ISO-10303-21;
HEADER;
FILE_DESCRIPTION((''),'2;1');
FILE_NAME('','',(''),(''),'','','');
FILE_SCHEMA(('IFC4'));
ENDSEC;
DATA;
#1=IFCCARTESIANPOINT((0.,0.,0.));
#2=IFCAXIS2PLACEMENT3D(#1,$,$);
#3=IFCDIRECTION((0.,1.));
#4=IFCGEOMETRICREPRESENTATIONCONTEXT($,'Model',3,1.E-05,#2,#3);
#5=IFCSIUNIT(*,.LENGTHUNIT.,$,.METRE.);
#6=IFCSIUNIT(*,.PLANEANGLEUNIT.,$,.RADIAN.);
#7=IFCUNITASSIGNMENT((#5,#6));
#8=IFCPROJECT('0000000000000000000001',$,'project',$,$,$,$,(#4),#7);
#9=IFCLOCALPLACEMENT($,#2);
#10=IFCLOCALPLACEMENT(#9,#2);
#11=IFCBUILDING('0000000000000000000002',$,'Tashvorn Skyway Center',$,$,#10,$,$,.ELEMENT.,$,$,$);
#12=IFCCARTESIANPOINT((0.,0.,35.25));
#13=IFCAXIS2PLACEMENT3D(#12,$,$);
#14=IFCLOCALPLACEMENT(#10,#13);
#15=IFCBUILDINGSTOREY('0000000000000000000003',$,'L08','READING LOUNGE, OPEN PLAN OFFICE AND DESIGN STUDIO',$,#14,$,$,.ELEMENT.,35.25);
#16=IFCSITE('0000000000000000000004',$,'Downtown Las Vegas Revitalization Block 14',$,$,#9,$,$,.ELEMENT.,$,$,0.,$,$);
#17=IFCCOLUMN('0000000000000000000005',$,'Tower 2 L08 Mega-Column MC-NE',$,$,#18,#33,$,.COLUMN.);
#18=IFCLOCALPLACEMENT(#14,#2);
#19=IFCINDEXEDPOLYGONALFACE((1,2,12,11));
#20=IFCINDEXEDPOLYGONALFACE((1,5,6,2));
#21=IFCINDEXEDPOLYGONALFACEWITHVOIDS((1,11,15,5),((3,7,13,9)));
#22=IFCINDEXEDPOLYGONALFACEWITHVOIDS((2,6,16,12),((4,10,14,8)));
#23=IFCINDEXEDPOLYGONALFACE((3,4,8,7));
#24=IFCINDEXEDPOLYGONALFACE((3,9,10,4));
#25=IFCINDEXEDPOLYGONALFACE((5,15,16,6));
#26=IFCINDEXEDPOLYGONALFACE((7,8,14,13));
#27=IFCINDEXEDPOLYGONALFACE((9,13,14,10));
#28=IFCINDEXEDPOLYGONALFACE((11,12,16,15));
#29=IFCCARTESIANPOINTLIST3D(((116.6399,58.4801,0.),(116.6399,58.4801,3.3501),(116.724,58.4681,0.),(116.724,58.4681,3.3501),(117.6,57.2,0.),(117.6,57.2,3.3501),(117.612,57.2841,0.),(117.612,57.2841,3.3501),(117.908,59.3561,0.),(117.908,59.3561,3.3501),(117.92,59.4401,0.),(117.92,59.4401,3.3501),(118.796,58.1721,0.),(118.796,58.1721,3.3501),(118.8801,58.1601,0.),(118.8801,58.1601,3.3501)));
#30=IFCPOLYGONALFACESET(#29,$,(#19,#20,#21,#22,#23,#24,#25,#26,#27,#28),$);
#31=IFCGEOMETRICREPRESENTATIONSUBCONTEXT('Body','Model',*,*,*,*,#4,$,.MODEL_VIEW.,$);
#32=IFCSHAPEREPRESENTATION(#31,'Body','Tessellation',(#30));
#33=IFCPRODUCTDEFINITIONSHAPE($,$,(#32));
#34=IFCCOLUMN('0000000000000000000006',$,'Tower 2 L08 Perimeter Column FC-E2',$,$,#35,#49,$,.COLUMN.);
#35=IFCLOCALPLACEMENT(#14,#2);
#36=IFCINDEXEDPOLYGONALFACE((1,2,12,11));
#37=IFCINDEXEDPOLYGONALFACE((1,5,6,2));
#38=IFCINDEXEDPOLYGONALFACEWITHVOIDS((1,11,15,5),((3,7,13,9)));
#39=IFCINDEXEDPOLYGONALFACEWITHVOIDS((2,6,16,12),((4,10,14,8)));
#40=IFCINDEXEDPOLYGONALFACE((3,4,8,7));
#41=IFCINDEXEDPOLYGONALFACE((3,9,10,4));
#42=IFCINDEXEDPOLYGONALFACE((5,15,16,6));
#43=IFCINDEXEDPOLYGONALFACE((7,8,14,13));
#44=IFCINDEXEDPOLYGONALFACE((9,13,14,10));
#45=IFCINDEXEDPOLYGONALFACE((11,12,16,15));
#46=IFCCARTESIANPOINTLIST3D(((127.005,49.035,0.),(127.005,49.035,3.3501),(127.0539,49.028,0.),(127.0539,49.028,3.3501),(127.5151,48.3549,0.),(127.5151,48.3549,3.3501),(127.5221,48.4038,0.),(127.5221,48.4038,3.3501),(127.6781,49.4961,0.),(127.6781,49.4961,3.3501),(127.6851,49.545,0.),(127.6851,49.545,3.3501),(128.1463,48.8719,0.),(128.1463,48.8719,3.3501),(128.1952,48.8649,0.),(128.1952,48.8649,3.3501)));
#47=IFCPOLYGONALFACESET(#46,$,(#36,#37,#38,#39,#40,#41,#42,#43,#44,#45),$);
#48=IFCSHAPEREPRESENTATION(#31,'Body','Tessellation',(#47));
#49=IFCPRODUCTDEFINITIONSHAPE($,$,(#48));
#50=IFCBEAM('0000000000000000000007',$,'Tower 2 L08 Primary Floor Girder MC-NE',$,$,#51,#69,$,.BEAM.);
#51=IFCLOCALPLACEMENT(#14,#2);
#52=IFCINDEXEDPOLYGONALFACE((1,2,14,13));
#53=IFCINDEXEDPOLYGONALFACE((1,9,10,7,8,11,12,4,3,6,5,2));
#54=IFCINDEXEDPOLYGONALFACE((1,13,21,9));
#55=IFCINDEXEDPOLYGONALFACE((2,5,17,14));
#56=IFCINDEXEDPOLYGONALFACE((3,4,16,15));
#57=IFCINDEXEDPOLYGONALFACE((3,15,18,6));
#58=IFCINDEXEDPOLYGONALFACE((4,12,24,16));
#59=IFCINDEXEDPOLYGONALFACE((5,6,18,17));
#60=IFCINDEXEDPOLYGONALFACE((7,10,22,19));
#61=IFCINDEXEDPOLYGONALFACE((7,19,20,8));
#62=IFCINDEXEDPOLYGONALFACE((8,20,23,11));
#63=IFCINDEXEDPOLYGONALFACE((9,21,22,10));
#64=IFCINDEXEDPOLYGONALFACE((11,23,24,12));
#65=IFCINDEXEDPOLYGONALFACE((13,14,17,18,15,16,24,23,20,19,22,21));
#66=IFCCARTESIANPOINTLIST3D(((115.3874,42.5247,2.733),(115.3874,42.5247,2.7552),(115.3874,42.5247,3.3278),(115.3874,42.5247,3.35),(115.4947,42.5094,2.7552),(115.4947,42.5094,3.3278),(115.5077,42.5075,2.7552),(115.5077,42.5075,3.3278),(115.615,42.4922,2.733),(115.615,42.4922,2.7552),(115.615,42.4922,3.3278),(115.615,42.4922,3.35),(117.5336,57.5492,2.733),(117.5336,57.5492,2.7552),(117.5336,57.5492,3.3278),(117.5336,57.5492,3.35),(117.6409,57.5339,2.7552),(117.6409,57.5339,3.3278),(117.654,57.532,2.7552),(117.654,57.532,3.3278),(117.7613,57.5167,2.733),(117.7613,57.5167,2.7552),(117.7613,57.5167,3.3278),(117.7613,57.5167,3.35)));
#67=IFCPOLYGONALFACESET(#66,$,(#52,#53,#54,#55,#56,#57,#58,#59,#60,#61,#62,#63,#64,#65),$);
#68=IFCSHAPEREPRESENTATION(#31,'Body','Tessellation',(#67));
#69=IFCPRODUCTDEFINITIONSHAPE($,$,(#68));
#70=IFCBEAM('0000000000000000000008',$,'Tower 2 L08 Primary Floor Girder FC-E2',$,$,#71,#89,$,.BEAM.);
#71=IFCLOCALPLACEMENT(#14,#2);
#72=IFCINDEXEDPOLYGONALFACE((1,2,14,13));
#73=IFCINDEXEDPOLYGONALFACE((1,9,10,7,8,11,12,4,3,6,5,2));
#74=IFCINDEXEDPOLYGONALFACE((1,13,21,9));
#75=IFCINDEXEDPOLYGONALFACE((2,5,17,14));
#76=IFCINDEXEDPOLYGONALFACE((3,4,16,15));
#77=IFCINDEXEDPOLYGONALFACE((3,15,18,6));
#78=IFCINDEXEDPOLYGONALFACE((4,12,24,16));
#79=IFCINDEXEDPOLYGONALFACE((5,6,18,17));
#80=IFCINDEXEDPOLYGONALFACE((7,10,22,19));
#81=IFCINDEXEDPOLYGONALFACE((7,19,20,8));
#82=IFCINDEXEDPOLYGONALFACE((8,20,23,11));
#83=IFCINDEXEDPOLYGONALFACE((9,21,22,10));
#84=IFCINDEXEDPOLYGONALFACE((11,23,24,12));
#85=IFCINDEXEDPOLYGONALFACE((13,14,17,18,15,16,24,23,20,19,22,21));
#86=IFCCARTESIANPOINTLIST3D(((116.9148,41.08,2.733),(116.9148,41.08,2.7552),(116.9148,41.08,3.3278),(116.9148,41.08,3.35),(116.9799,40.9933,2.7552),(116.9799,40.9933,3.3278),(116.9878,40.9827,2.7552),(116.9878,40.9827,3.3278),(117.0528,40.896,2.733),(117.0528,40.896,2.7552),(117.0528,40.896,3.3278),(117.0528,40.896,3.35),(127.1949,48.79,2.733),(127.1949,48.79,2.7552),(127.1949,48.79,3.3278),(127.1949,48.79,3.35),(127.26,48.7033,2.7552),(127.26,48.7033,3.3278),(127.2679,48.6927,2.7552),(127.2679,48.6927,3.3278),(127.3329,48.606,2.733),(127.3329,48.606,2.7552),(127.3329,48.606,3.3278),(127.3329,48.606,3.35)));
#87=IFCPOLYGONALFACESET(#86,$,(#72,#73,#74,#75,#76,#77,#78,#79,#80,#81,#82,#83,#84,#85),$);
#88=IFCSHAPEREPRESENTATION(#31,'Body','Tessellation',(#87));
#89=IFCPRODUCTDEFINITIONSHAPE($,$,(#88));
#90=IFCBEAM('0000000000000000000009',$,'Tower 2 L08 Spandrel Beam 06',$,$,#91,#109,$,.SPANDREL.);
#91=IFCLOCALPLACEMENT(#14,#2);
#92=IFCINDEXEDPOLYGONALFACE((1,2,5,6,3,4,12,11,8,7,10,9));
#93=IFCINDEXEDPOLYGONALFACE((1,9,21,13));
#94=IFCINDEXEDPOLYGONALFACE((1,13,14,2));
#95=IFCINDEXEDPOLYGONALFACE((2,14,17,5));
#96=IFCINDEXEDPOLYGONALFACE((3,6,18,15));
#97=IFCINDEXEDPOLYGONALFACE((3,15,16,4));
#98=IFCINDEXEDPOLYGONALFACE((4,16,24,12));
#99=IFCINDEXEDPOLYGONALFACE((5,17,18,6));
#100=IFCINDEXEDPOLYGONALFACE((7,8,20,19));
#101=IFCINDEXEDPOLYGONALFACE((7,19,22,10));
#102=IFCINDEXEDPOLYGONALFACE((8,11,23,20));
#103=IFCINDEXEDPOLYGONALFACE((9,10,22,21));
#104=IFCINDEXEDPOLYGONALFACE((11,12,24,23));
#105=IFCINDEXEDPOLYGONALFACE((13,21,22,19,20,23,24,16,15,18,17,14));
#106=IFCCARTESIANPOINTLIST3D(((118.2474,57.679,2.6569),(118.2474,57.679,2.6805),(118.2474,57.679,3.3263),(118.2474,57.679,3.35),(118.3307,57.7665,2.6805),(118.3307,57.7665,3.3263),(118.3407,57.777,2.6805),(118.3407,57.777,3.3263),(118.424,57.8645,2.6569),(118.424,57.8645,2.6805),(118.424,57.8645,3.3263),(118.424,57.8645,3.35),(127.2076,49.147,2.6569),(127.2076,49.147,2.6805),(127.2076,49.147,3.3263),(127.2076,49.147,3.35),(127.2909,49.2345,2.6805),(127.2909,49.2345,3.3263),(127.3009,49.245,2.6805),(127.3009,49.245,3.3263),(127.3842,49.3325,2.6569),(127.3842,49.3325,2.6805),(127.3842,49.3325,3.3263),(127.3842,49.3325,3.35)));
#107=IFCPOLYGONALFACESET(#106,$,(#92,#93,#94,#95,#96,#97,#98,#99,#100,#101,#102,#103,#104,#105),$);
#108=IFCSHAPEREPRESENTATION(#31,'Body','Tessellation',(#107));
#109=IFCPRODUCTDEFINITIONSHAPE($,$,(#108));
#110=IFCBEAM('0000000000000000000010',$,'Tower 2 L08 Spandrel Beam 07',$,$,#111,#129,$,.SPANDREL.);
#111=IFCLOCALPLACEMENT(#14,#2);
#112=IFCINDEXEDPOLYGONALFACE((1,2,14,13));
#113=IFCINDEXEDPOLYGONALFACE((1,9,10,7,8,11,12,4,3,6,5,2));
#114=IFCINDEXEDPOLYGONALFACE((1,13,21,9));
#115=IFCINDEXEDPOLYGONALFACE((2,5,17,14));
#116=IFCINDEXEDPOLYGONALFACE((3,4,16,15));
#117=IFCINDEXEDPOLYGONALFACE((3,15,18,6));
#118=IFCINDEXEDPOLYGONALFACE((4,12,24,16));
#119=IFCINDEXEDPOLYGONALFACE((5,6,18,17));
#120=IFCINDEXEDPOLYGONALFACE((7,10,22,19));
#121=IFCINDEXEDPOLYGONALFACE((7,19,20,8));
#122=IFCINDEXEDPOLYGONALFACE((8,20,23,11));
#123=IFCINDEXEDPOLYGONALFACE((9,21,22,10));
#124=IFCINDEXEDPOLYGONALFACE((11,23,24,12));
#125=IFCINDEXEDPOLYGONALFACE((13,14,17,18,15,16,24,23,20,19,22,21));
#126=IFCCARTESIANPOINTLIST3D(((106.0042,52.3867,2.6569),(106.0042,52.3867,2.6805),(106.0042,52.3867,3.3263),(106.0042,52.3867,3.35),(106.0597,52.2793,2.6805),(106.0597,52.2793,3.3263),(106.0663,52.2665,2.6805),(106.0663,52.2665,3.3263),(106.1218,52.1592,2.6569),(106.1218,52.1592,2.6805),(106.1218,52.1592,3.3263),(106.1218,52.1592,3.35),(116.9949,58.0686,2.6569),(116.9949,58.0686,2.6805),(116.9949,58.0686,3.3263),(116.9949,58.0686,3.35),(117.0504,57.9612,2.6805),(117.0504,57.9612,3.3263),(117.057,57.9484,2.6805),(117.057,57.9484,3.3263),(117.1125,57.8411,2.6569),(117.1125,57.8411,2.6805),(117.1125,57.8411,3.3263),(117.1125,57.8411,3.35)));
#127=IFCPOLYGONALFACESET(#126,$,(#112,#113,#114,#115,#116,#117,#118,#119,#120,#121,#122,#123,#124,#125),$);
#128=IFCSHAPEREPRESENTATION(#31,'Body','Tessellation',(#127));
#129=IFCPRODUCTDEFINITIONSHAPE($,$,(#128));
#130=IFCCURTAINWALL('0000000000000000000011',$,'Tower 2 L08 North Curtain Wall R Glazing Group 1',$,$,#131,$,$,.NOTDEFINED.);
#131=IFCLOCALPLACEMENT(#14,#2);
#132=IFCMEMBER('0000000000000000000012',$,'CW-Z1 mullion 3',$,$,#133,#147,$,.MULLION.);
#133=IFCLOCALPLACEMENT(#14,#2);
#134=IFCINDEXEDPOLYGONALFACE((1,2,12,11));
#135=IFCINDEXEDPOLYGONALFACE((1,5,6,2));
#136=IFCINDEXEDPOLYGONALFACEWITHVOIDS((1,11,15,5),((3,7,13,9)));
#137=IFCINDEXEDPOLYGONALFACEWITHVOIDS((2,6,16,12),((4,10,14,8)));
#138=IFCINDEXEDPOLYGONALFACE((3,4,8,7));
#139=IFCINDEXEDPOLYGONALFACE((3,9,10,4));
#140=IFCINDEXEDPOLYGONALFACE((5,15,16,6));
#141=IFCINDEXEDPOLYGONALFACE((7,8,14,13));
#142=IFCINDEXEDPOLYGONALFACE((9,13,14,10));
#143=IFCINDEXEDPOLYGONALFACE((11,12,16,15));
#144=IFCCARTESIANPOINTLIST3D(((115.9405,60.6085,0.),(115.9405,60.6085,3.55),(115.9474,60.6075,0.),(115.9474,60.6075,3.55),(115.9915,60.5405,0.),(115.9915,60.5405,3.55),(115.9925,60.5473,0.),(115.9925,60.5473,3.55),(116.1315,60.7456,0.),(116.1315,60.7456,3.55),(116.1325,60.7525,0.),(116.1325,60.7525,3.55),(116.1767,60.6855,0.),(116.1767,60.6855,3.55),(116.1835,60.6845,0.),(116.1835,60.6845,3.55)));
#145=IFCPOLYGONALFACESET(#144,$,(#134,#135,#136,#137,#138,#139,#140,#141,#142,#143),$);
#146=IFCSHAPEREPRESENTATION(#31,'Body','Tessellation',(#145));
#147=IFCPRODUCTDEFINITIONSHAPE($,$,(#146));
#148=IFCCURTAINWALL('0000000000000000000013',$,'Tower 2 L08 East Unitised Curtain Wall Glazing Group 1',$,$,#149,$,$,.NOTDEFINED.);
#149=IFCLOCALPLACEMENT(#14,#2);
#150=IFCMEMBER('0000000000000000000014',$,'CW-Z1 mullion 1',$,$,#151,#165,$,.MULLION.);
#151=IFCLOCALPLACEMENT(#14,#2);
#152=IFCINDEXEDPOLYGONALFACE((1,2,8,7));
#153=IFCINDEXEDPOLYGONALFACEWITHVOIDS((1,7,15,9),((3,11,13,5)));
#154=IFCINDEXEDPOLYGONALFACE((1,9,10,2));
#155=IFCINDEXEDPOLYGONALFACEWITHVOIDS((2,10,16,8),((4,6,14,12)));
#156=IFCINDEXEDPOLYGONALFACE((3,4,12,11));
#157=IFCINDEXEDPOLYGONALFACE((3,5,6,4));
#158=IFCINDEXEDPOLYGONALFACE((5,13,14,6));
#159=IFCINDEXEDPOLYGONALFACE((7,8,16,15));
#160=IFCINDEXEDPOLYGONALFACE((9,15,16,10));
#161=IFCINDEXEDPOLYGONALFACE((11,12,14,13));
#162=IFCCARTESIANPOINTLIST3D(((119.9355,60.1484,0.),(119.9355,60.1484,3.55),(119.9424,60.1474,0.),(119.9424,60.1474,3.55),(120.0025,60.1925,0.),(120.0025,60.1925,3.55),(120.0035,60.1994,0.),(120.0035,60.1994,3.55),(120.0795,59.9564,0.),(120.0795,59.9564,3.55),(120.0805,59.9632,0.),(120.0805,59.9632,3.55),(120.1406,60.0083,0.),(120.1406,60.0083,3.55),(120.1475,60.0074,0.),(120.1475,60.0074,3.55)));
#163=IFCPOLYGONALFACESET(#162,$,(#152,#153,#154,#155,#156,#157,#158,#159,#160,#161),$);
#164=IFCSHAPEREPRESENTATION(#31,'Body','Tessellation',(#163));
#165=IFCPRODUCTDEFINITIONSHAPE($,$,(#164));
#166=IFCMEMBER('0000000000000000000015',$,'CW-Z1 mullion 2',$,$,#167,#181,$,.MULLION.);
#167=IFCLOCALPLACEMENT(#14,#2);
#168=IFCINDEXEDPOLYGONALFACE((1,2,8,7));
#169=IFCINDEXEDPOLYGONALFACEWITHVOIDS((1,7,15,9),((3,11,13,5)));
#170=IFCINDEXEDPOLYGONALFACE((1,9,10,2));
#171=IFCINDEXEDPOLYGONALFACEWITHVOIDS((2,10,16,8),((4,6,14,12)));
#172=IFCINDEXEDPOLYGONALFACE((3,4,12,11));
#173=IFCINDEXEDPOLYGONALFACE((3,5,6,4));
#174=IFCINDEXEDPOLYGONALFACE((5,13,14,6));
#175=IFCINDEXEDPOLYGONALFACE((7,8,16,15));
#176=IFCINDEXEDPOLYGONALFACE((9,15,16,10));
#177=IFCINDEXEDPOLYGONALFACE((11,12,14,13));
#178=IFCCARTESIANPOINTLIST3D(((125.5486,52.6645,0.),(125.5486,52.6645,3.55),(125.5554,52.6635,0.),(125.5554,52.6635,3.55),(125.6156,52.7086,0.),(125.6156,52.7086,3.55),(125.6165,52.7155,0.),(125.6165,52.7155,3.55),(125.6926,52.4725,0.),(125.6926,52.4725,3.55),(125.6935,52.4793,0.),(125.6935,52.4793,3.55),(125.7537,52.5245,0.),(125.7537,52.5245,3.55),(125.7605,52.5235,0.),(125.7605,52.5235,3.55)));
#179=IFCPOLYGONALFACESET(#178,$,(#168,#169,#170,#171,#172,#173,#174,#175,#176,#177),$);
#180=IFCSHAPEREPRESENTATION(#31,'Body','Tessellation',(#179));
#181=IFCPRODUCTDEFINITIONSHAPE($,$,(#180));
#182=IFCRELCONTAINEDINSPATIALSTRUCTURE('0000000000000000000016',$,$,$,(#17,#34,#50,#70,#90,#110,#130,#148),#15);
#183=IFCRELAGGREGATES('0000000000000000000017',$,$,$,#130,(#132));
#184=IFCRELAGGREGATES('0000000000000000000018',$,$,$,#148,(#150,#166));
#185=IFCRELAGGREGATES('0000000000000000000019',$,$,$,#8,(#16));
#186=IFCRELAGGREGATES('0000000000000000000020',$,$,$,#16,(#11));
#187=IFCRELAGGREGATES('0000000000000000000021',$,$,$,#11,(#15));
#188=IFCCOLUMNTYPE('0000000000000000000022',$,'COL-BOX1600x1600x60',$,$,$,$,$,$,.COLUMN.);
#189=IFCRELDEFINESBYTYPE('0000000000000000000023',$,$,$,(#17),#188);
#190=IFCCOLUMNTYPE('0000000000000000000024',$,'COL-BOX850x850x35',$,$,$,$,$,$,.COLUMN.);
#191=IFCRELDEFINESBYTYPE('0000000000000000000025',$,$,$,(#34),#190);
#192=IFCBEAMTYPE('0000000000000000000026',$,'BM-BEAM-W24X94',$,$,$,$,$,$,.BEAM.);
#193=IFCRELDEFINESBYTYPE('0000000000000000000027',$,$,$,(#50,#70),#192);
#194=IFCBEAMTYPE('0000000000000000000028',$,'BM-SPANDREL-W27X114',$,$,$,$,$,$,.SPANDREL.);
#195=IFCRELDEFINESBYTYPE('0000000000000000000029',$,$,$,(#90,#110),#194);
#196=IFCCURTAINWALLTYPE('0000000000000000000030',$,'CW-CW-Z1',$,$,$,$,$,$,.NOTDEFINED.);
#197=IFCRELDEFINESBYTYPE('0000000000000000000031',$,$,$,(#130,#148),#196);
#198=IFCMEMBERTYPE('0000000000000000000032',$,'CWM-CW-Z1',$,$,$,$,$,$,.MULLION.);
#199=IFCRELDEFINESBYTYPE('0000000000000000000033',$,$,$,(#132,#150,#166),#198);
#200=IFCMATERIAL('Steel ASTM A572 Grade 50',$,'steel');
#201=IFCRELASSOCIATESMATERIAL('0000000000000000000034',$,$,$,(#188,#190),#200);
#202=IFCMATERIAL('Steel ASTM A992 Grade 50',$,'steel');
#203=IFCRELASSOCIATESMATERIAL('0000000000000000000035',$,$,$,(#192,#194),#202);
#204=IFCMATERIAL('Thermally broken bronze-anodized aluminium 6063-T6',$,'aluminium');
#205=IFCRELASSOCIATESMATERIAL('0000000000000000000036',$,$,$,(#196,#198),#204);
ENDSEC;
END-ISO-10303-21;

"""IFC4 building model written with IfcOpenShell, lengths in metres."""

from ifc_helpers import new_model, si_unit, direction, frame, origin, origin_2d, place, context, subcontext, project, spatial, hollow_rectangle, i_section, extrude, material, material_profile, profile_set, type_object, element, aggregate, save


model = new_model("IFC4")

# Units and contexts
model_context = context("Model", 3, precision=1e-05, world=origin(), true_north=direction((0.0, 1.0)))
body_context = subcontext(model_context, "Body", "Model", "MODEL_VIEW")
ifc_project = project(units=[si_unit("LENGTHUNIT", "METRE"), si_unit("PLANEANGLEUNIT", "RADIAN")], contexts=[model_context])

# Site, building, storey
site_placement = place(None, origin())
site = spatial("IfcSite", under=ifc_project, at=site_placement, Name="Downtown Las Vegas Revitalization Block 14", CompositionType="ELEMENT", RefElevation=0.0)
building_placement = place(site_placement, origin())
building = spatial("IfcBuilding", under=site, at=building_placement, Name="Tashvorn Skyway Center", CompositionType="ELEMENT")
storey_placement = place(building_placement, frame((0.0, 0.0, 35.25)))
storey = spatial("IfcBuildingStorey", under=building, at=storey_placement, Name="L08", Description="READING LOUNGE, OPEN PLAN OFFICE AND DESIGN STUDIO", CompositionType="ELEMENT", Elevation=35.25)

# Columns
ifc_material_1 = material(Name="Steel ASTM A572 Grade 50", Category="steel")
ifc_material_profile_1 = material_profile(ifc_material_1, hollow_rectangle(XDim=1.6001, YDim=1.6001, WallThickness=0.0601, at=origin_2d()), Name="BOX1600x1600x60")
ifc_profile_set_1 = profile_set([ifc_material_profile_1], Name="Steel ASTM A572 Grade 50")
column_type_1 = type_object("IfcColumnType", Name="COL-BOX1600x1600x60", PredefinedType="COLUMN", material=ifc_profile_set_1)
column_1_placement = place(storey_placement, frame((117.76, 58.3201, 0.0), z_axis=(0.0, 0.0, 1.0), x_axis=(0.8, 0.6, 0.0)))
element("IfcColumn", 1, at=column_1_placement, inside=storey, type_object=column_type_1, Name="Tower 2 L08 Mega-Column MC-NE", PredefinedType="COLUMN", context=body_context, shape_type="SweptSolid", body=[
    extrude(hollow_rectangle(XDim=1.6001, YDim=1.6001, WallThickness=0.0601, at=origin_2d()), origin(), (0.0, 0.0, 1.0), 3.3501),
])
ifc_material_profile_2 = material_profile(ifc_material_1, hollow_rectangle(XDim=0.8501, YDim=0.8501, WallThickness=0.0349, at=origin_2d()), Name="BOX850x850x35")
ifc_profile_set_2 = profile_set([ifc_material_profile_2], Name="Steel ASTM A572 Grade 50")
column_type_2 = type_object("IfcColumnType", Name="COL-BOX850x850x35", PredefinedType="COLUMN", material=ifc_profile_set_2)
column_2_placement = place(storey_placement, frame((127.6001, 48.95, 0.0), z_axis=(0.0, 0.0, 1.0), x_axis=(0.8, 0.6, 0.0)))
element("IfcColumn", 2, at=column_2_placement, inside=storey, type_object=column_type_2, Name="Tower 2 L08 Perimeter Column FC-E2", PredefinedType="COLUMN", context=body_context, shape_type="SweptSolid", body=[
    extrude(hollow_rectangle(XDim=0.8501, YDim=0.8501, WallThickness=0.0349, at=origin_2d()), origin(), (0.0, 0.0, 1.0), 3.3501),
])

# Beams
ifc_material_2 = material(Name="Steel ASTM A992 Grade 50", Category="steel")
ifc_material_profile_3 = material_profile(ifc_material_2, i_section(OverallWidth=0.23, OverallDepth=0.6169, WebThickness=0.0132, FlangeThickness=0.0222, at=origin_2d()), Name="W24X94")
ifc_profile_set_3 = profile_set([ifc_material_profile_3], Name="Steel ASTM A992 Grade 50")
beam_type_1 = type_object("IfcBeamType", Name="BM-BEAM-W24X94", PredefinedType="BEAM", material=ifc_profile_set_3)
beam_1_placement = place(storey_placement, frame((117.6475, 57.533, 3.0415), z_axis=(-0.141415, -0.98995, 0.0), x_axis=(0.98995, -0.141415, 0.0)))
element("IfcBeam", 3, at=beam_1_placement, inside=storey, type_object=beam_type_1, Name="Tower 2 L08 Primary Floor Girder MC-NE", PredefinedType="BEAM", context=body_context, shape_type="SweptSolid", body=[
    extrude(i_section(OverallWidth=0.23, OverallDepth=0.6169, WebThickness=0.0132, FlangeThickness=0.0222, at=origin_2d()), origin(), (0.0, 0.0, 1.0), 15.177),
])
beam_2_placement = place(storey_placement, frame((127.2639, 48.698, 3.0415), z_axis=(-0.800002, -0.599997, 0.0), x_axis=(0.599997, -0.800002, 0.0)))
element("IfcBeam", 4, at=beam_2_placement, inside=storey, type_object=beam_type_1, Name="Tower 2 L08 Primary Floor Girder FC-E2", PredefinedType="BEAM", context=body_context, shape_type="SweptSolid", body=[
    extrude(i_section(OverallWidth=0.23, OverallDepth=0.6169, WebThickness=0.0132, FlangeThickness=0.0222, at=origin_2d()), origin(), (0.0, 0.0, 1.0), 12.8501),
])
ifc_material_profile_4 = material_profile(ifc_material_2, i_section(OverallWidth=0.2561, OverallDepth=0.6931, WebThickness=0.0144, FlangeThickness=0.0237, at=origin_2d()), Name="W27X114")
ifc_profile_set_4 = profile_set([ifc_material_profile_4], Name="Steel ASTM A992 Grade 50")
beam_type_2 = type_object("IfcBeamType", Name="BM-SPANDREL-W27X114", PredefinedType="SPANDREL", material=ifc_profile_set_4)
for number, where, z_axis, x_axis, name in (
    (5, (127.2959, 49.2397, 3.0034), (-0.7242, 0.68959, 0.0), (-0.68959, -0.7242, 0.0), "Tower 2 L08 Spandrel Beam 06"),
    (6, (117.0537, 57.9548, 3.0034), (-0.888316, -0.459233, 0.0), (0.459233, -0.888316, 0.0), "Tower 2 L08 Spandrel Beam 07"),
):
    element("IfcBeam", number, at=place(storey_placement, frame(where, z_axis=z_axis, x_axis=x_axis)), inside=storey, type_object=beam_type_2, Name=name, PredefinedType="SPANDREL", context=body_context, shape_type="SweptSolid", body=[
        extrude(i_section(OverallWidth=0.2561, OverallDepth=0.6931, WebThickness=0.0144, FlangeThickness=0.0237, at=origin_2d()), origin(), (0.0, 0.0, 1.0), 12.3726),
    ])

# Curtain wall, member
ifc_material_3 = material(Name="Thermally broken bronze-anodized aluminium 6063-T6", Category="aluminium")
curtain_wall_type = type_object("IfcCurtainWallType", Name="CW-CW-Z1", PredefinedType="NOTDEFINED", material=ifc_material_3)
curtain_wall_1_placement = place(storey_placement, origin())
curtain_wall_1 = element("IfcCurtainWall", 7, at=curtain_wall_1_placement, inside=storey, type_object=curtain_wall_type, Name="Tower 2 L08 North Curtain Wall R Glazing Group 1", PredefinedType="NOTDEFINED")
ifc_material_profile_5 = material_profile(ifc_material_3, hollow_rectangle(XDim=0.085, YDim=0.24, WallThickness=0.0049, at=origin_2d()), Name="ALU-MULL-85x240")
ifc_profile_set_5 = profile_set([ifc_material_profile_5], Name="Thermally broken bronze-anodized aluminium 6063-T6")
member_type_1 = type_object("IfcMemberType", Name="CWM-CW-Z1", PredefinedType="MULLION", material=ifc_profile_set_5)
member_1_placement = place(storey_placement, frame((116.062, 60.6465, 0.0), z_axis=(0.0, 0.0, 1.0), x_axis=(-0.599998, 0.800001, 0.0)))
member_1 = element("IfcMember", 8, at=member_1_placement, type_object=member_type_1, Name="CW-Z1 mullion 3", PredefinedType="MULLION", context=body_context, shape_type="SweptSolid", body=[
    extrude(hollow_rectangle(XDim=0.085, YDim=0.24, WallThickness=0.0049, at=origin_2d()), origin(), (0.0, 0.0, 1.0), 3.55),
])

# Curtain wall, members
curtain_wall_2_placement = place(storey_placement, origin())
curtain_wall_2 = element("IfcCurtainWall", 9, at=curtain_wall_2_placement, inside=storey, type_object=curtain_wall_type, Name="Tower 2 L08 East Unitised Curtain Wall Glazing Group 1", PredefinedType="NOTDEFINED")
member_2_placement = place(storey_placement, frame((120.0415, 60.0779, 0.0), z_axis=(0.0, 0.0, 1.0), x_axis=(0.8, 0.6, 0.0)))
member_2 = element("IfcMember", 10, at=member_2_placement, type_object=member_type_1, Name="CW-Z1 mullion 1", PredefinedType="MULLION", context=body_context, shape_type="SweptSolid", body=[
    extrude(hollow_rectangle(XDim=0.085, YDim=0.24, WallThickness=0.0049, at=origin_2d()), origin(), (0.0, 0.0, 1.0), 3.55),
])
member_3_placement = place(storey_placement, frame((125.6545, 52.594, 0.0), z_axis=(0.0, 0.0, 1.0), x_axis=(0.8, 0.6, 0.0)))
member_3 = element("IfcMember", 11, at=member_3_placement, type_object=member_type_1, Name="CW-Z1 mullion 2", PredefinedType="MULLION", context=body_context, shape_type="SweptSolid", body=[
    extrude(hollow_rectangle(XDim=0.085, YDim=0.24, WallThickness=0.0049, at=origin_2d()), origin(), (0.0, 0.0, 1.0), 3.55),
])

aggregate(curtain_wall_1, [member_1])
aggregate(curtain_wall_2, [member_2, member_3])

save(model, "model.ifc")
